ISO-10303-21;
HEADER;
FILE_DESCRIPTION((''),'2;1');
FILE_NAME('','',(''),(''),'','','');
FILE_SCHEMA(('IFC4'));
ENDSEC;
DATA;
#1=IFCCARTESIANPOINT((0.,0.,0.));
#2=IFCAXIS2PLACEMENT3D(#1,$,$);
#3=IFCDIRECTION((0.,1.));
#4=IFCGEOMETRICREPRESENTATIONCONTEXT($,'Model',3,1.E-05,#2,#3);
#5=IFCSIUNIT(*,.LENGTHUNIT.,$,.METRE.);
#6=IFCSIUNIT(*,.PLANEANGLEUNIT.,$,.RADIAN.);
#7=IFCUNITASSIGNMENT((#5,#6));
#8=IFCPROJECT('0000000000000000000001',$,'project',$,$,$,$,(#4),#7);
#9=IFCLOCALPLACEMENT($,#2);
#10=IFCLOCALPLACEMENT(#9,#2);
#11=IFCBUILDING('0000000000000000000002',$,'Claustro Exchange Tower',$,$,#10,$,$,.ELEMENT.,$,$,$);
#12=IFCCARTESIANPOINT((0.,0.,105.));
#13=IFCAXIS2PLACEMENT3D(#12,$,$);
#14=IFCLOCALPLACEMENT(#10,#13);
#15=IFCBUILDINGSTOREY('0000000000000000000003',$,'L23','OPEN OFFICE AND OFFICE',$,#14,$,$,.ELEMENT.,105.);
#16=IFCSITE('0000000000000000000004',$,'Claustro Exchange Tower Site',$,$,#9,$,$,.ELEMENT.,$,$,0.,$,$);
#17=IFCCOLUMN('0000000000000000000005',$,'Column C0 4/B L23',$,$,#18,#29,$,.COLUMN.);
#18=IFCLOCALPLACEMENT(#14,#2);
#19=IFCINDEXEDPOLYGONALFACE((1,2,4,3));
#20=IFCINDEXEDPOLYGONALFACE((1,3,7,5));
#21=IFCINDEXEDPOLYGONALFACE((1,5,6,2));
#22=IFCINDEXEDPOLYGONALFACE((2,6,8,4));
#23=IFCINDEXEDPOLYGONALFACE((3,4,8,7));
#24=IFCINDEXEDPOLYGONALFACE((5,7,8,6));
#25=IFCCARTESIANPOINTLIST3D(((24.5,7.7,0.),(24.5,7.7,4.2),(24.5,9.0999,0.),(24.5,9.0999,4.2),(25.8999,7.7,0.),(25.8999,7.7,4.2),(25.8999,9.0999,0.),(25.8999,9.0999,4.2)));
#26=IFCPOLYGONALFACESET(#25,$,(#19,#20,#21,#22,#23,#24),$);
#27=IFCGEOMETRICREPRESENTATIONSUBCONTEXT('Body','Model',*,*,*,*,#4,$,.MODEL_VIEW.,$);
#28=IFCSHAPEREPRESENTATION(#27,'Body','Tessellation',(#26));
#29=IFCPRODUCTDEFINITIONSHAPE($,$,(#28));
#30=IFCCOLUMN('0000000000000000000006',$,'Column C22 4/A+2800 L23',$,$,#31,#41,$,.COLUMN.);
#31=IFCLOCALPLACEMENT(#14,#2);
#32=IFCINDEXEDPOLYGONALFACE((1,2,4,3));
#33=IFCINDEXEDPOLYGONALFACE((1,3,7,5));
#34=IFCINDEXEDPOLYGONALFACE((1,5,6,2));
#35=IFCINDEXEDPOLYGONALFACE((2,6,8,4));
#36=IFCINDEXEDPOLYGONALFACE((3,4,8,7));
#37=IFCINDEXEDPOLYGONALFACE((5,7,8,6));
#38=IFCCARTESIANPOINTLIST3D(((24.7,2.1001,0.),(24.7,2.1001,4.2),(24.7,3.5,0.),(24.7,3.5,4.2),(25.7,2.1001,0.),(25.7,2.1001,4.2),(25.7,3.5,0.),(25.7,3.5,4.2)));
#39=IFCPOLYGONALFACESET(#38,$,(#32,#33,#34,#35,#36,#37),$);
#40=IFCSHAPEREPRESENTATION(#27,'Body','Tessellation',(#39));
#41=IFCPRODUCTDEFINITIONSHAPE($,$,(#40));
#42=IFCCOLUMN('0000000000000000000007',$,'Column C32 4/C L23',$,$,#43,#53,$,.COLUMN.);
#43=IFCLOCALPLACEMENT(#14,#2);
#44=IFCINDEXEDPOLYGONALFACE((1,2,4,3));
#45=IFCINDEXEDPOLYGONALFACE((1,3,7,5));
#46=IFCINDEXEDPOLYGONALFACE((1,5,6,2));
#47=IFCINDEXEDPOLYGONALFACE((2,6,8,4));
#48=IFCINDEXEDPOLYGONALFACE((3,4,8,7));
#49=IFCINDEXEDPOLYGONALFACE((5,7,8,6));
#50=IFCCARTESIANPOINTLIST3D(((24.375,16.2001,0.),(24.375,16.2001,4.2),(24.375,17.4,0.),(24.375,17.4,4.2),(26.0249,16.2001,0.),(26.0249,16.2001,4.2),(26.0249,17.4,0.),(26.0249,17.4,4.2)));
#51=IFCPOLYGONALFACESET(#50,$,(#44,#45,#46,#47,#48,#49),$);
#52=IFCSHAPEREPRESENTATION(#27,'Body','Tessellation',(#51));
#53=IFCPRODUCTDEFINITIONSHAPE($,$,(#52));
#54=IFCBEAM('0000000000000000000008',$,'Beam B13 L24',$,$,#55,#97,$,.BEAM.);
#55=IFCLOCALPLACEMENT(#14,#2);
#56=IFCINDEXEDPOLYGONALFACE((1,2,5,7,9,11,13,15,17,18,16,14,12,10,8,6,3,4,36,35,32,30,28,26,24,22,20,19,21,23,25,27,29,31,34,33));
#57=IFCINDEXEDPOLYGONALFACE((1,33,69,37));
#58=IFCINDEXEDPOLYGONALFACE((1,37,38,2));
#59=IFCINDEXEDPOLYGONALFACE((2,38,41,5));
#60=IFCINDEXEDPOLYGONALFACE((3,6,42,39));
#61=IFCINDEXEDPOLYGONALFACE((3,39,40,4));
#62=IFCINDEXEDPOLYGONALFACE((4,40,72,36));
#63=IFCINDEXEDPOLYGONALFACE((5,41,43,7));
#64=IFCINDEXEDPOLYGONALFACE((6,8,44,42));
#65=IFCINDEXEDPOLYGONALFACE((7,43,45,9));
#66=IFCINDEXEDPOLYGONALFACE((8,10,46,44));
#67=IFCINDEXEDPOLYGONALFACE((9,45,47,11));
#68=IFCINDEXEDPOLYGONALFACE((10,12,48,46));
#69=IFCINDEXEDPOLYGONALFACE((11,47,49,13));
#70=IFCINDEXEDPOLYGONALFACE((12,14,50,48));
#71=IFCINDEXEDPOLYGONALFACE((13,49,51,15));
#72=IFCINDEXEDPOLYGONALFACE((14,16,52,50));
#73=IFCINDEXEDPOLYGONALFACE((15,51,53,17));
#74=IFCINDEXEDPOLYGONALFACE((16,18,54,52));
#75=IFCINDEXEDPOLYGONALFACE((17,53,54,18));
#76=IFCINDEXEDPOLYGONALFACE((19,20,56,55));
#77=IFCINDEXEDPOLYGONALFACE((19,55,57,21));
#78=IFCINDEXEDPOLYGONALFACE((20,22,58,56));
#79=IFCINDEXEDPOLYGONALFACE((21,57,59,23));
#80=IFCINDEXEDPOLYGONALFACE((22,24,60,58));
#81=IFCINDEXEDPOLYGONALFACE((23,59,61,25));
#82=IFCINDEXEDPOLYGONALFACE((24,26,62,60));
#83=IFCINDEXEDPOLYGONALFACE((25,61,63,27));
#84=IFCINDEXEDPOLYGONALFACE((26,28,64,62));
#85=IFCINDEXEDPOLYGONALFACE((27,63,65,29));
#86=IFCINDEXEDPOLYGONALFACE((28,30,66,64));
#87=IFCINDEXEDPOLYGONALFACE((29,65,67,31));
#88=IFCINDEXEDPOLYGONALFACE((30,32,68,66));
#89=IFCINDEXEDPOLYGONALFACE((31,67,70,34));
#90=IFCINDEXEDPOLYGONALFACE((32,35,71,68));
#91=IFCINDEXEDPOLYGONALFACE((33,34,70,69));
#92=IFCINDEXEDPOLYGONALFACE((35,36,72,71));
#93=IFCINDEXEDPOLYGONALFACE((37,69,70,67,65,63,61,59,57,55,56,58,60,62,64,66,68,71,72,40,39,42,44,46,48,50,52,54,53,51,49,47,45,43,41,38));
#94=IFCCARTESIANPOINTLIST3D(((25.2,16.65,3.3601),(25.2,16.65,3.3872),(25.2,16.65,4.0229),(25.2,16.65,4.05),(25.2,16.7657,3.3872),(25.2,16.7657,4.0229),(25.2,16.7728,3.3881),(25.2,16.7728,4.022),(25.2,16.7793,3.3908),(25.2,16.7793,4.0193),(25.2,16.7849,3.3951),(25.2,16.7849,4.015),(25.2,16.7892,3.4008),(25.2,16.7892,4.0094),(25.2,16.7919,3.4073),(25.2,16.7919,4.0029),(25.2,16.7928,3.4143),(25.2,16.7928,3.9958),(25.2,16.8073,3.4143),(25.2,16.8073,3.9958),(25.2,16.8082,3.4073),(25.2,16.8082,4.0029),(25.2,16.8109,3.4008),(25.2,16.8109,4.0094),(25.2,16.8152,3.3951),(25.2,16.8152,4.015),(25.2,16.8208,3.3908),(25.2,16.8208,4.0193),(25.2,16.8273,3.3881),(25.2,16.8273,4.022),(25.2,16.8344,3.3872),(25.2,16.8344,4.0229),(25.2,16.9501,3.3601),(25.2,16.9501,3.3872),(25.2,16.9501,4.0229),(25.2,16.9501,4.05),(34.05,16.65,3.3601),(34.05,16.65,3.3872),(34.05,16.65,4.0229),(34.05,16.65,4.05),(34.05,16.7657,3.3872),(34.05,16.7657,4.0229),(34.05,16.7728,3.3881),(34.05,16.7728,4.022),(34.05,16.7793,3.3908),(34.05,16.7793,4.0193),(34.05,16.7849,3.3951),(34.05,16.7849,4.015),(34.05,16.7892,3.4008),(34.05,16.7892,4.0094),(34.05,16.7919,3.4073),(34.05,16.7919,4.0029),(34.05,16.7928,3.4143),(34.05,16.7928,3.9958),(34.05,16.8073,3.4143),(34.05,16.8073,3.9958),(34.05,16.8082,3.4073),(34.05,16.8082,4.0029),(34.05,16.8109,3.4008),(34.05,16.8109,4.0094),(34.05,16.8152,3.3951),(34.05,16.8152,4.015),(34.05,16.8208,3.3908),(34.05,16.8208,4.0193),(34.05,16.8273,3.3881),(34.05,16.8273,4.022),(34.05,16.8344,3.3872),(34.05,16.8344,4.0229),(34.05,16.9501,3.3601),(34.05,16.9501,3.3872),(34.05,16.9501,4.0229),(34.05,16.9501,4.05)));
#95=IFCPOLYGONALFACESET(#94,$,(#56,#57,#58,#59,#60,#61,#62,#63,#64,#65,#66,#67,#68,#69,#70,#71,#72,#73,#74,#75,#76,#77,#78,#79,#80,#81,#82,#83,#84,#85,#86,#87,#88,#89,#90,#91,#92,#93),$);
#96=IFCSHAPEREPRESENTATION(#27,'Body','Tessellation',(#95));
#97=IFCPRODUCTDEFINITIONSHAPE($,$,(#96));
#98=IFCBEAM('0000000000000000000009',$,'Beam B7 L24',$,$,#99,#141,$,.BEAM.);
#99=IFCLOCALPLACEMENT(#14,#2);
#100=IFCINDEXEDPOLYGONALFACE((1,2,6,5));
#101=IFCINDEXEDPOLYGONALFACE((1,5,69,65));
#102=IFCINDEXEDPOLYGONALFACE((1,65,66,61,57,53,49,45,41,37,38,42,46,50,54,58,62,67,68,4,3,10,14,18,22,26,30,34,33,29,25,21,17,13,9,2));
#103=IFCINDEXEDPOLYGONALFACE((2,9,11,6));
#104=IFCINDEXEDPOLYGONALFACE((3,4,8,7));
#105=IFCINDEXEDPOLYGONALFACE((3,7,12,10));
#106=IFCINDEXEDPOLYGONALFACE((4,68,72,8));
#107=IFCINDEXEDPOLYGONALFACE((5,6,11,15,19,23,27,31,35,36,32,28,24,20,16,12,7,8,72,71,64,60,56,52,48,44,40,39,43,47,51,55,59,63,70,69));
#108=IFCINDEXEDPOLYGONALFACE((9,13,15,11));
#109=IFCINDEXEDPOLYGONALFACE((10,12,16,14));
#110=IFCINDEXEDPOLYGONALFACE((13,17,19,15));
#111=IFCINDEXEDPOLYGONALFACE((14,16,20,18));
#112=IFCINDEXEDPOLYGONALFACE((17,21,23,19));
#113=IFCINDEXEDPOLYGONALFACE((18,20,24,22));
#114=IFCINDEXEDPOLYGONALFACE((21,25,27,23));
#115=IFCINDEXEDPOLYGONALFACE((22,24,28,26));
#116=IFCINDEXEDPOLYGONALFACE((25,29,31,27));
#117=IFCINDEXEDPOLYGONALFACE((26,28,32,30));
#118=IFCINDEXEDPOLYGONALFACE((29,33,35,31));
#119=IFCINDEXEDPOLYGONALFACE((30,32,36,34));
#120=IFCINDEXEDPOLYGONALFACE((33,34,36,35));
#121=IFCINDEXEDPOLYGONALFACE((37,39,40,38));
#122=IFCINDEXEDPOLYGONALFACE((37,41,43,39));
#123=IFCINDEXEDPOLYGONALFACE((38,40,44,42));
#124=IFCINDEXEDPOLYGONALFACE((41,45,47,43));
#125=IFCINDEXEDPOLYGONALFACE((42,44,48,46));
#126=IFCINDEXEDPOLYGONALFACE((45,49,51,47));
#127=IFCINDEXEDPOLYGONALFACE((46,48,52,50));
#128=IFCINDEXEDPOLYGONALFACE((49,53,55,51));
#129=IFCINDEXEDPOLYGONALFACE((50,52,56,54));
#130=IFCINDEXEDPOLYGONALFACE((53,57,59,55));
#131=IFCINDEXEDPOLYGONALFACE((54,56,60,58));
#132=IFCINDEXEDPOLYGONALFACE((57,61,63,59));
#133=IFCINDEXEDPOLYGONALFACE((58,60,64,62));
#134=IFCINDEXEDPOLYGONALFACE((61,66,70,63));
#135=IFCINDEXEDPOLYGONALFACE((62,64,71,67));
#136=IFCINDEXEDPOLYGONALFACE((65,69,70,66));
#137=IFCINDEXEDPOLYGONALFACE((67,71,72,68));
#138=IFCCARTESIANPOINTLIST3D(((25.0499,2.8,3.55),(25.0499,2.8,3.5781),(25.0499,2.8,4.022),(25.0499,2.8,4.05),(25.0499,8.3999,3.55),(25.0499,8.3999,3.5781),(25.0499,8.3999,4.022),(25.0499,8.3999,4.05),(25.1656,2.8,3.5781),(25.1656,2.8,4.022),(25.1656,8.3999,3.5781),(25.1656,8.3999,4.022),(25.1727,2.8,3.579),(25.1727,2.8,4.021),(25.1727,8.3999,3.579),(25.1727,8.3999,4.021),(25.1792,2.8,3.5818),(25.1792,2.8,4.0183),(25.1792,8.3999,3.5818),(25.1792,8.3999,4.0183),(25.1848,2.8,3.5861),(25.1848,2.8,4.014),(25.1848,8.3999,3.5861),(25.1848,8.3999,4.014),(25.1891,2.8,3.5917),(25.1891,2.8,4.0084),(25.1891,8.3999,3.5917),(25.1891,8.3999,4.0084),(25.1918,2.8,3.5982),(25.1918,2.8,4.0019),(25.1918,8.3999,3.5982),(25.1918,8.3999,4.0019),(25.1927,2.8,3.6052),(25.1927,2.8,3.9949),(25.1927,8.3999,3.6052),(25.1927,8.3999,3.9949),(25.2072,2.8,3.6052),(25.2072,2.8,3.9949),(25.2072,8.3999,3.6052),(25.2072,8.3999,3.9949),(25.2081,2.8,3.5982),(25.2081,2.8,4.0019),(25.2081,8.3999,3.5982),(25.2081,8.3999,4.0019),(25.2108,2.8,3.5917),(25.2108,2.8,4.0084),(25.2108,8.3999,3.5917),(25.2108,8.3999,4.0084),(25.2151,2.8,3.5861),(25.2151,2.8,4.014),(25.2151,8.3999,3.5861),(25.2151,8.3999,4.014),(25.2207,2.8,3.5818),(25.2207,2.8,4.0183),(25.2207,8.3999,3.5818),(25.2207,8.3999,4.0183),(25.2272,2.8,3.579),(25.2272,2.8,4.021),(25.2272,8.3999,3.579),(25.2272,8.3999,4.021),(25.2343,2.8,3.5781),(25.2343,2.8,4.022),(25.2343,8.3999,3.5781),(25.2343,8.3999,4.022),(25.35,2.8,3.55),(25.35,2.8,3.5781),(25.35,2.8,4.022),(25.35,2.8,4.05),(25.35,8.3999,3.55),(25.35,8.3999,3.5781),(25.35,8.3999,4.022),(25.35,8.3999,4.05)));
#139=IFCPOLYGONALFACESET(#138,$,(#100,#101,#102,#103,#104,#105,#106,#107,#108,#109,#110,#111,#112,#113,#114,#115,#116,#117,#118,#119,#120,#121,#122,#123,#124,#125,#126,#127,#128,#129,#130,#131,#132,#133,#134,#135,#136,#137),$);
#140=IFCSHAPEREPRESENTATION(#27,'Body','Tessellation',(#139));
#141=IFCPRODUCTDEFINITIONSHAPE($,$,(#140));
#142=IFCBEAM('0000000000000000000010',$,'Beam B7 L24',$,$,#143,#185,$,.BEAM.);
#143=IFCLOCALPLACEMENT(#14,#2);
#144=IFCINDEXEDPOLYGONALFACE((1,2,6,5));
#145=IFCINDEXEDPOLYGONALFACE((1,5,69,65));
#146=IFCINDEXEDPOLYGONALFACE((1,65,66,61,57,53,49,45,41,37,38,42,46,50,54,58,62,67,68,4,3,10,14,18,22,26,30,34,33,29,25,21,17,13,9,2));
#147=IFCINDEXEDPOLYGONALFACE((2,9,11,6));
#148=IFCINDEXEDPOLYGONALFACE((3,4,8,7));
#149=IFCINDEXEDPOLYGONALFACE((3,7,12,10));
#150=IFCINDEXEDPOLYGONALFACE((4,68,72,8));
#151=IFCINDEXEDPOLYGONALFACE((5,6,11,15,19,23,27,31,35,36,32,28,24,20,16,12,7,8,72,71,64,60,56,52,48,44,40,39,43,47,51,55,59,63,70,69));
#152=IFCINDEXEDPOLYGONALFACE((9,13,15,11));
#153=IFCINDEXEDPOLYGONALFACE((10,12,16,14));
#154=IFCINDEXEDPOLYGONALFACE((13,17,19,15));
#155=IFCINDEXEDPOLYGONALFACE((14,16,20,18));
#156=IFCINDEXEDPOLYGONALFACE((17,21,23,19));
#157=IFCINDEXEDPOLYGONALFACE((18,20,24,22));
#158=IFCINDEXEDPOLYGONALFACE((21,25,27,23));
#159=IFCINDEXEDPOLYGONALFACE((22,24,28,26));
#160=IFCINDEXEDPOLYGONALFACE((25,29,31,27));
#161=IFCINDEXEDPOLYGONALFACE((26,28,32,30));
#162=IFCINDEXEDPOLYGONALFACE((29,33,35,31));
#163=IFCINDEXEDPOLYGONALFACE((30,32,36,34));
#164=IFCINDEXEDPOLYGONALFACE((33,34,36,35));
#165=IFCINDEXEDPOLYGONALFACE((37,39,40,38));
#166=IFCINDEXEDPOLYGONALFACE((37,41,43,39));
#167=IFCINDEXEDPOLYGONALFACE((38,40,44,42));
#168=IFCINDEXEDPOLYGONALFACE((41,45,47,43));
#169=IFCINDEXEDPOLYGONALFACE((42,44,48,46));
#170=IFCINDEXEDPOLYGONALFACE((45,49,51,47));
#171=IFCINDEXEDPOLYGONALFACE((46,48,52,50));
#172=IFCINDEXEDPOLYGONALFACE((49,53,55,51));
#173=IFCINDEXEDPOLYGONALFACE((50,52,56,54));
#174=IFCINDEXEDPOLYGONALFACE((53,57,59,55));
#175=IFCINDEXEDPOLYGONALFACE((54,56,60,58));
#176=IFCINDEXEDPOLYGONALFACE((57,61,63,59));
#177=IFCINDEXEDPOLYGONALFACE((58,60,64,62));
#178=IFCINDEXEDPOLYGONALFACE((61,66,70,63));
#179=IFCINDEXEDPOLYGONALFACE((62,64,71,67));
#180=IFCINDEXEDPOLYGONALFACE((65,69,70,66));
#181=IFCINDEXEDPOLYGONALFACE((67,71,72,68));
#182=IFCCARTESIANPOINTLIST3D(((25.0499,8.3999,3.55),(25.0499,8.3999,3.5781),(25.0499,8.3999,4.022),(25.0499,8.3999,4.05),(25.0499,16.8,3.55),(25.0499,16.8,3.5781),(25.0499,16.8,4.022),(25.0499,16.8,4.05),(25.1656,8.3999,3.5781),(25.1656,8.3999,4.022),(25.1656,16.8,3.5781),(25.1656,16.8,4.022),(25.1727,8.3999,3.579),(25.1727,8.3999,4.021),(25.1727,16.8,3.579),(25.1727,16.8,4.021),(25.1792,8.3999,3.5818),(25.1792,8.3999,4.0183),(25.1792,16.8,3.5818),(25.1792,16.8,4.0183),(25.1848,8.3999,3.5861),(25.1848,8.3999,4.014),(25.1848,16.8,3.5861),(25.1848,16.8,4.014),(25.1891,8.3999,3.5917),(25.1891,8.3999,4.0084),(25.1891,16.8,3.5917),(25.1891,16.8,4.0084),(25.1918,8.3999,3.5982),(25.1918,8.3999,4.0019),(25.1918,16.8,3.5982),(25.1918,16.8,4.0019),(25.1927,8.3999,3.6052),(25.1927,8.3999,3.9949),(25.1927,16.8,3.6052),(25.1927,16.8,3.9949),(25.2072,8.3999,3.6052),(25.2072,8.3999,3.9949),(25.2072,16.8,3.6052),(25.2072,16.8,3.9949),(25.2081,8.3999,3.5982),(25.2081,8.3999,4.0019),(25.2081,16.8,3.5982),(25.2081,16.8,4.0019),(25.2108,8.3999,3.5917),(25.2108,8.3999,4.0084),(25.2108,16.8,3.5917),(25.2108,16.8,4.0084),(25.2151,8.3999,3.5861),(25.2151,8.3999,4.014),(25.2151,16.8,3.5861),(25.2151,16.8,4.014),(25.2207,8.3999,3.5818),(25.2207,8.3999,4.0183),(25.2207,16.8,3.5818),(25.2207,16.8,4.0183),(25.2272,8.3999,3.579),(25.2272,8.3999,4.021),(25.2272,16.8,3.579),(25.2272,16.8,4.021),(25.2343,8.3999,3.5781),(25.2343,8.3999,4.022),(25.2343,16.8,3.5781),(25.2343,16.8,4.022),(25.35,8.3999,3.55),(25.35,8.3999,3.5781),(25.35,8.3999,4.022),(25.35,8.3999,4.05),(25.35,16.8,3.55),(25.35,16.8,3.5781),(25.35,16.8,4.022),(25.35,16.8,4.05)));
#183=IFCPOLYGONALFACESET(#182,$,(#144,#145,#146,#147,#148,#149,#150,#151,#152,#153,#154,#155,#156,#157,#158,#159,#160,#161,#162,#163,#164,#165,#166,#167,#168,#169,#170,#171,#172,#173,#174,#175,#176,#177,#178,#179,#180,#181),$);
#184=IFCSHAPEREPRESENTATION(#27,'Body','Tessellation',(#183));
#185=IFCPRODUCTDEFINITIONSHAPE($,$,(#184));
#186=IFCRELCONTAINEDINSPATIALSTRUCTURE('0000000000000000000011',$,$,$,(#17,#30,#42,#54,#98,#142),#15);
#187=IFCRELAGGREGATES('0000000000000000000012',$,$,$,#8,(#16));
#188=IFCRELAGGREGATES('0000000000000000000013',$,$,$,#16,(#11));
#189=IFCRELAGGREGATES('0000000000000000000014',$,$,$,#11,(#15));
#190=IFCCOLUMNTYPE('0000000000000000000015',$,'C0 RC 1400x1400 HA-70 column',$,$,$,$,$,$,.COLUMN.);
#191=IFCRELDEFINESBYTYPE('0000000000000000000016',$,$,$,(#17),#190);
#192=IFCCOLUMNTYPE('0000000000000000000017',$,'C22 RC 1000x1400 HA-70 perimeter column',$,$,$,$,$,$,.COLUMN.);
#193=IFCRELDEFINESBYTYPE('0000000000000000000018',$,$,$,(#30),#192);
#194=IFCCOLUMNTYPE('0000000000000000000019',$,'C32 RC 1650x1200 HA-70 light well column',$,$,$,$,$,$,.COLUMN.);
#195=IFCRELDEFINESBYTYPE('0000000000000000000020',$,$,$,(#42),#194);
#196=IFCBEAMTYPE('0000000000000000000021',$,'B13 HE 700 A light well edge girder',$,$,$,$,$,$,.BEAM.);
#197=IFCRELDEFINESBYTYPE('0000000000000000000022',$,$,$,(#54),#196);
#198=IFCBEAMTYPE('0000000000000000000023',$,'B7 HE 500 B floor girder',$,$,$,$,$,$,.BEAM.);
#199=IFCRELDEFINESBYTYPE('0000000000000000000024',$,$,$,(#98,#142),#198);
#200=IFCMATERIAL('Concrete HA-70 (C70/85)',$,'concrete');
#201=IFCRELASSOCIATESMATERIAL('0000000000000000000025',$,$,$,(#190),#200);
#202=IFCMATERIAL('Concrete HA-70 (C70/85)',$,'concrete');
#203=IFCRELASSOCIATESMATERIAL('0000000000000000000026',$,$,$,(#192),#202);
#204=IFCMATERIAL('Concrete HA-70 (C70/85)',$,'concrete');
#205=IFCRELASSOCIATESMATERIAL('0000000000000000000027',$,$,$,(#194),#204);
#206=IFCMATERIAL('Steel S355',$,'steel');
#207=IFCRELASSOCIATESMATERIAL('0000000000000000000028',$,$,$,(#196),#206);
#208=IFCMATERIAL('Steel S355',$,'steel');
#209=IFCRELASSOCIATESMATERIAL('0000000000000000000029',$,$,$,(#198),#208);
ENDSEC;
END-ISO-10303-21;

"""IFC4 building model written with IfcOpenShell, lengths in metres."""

from ifc_helpers import new_model, si_unit, direction, frame, origin, origin_2d, place, context, subcontext, project, spatial, rectangle, i_section, extrude, material, material_profile, profile_set, type_object, element, save


model = new_model("IFC4")

# Units and contexts
model_context = context("Model", 3, precision=1e-05, world=origin(), true_north=direction((0.0, 1.0)))
body_context = subcontext(model_context, "Body", "Model", "MODEL_VIEW")
ifc_project = project(units=[si_unit("LENGTHUNIT", "METRE"), si_unit("PLANEANGLEUNIT", "RADIAN")], contexts=[model_context])

# Site, building, storey
site_placement = place(None, origin())
site = spatial("IfcSite", under=ifc_project, at=site_placement, Name="Claustro Exchange Tower Site", CompositionType="ELEMENT", RefElevation=0.0)
building_placement = place(site_placement, origin())
building = spatial("IfcBuilding", under=site, at=building_placement, Name="Claustro Exchange Tower", CompositionType="ELEMENT")
storey_placement = place(building_placement, frame((0.0, 0.0, 105.0)))
storey = spatial("IfcBuildingStorey", under=building, at=storey_placement, Name="L23", Description="OPEN OFFICE AND OFFICE", CompositionType="ELEMENT", Elevation=105.0)

# Columns
ifc_material_1 = material(Name="Concrete HA-70 (C70/85)", Category="concrete")
ifc_material_profile_1 = material_profile(ifc_material_1, rectangle(XDim=1.3999, YDim=1.3999, at=origin_2d()), Name="RC 1400x1400")
ifc_profile_set_1 = profile_set([ifc_material_profile_1], Name="Concrete HA-70 (C70/85)")
column_type_1 = type_object("IfcColumnType", Name="C0 RC 1400x1400 HA-70 column", PredefinedType="COLUMN", material=ifc_profile_set_1)
column_1_placement = place(storey_placement, frame((25.2, 8.3999, 0.0), z_axis=(0.0, 0.0, 1.0), x_axis=(1.0, 0.0, 0.0)))
element("IfcColumn", 1, at=column_1_placement, inside=storey, type_object=column_type_1, Name="Column C0 4/B L23", PredefinedType="COLUMN", context=body_context, shape_type="SweptSolid", body=[
    extrude(rectangle(XDim=1.3999, YDim=1.3999, at=origin_2d()), origin(), (0.0, 0.0, 1.0), 4.2),
])
ifc_material_2 = material(Name="Concrete HA-70 (C70/85)", Category="concrete")
ifc_material_profile_2 = material_profile(ifc_material_2, rectangle(XDim=1.0, YDim=1.3999, at=origin_2d()), Name="RC 1000x1400")
ifc_profile_set_2 = profile_set([ifc_material_profile_2], Name="Concrete HA-70 (C70/85)")
column_type_2 = type_object("IfcColumnType", Name="C22 RC 1000x1400 HA-70 perimeter column", PredefinedType="COLUMN", material=ifc_profile_set_2)
column_2_placement = place(storey_placement, frame((25.2, 2.8, 0.0), z_axis=(0.0, 0.0, 1.0), x_axis=(1.0, 0.0, 0.0)))
element("IfcColumn", 2, at=column_2_placement, inside=storey, type_object=column_type_2, Name="Column C22 4/A+2800 L23", PredefinedType="COLUMN", context=body_context, shape_type="SweptSolid", body=[
    extrude(rectangle(XDim=1.0, YDim=1.3999, at=origin_2d()), origin(), (0.0, 0.0, 1.0), 4.2),
])
ifc_material_3 = material(Name="Concrete HA-70 (C70/85)", Category="concrete")
ifc_material_profile_3 = material_profile(ifc_material_3, rectangle(XDim=1.6499, YDim=1.2, at=origin_2d()), Name="RC 1650x1200")
ifc_profile_set_3 = profile_set([ifc_material_profile_3], Name="Concrete HA-70 (C70/85)")
column_type_3 = type_object("IfcColumnType", Name="C32 RC 1650x1200 HA-70 light well column", PredefinedType="COLUMN", material=ifc_profile_set_3)
column_3_placement = place(storey_placement, frame((25.2, 16.8, 0.0), z_axis=(0.0, 0.0, 1.0), x_axis=(1.0, 0.0, 0.0)))
element("IfcColumn", 3, at=column_3_placement, inside=storey, type_object=column_type_3, Name="Column C32 4/C L23", PredefinedType="COLUMN", context=body_context, shape_type="SweptSolid", body=[
    extrude(rectangle(XDim=1.6499, YDim=1.2, at=origin_2d()), origin(), (0.0, 0.0, 1.0), 4.2),
])

# Beams
ifc_material_4 = material(Name="Steel S355", Category="steel")
ifc_material_profile_4 = material_profile(ifc_material_4, i_section(OverallWidth=0.3, OverallDepth=0.6899, WebThickness=0.0144, FlangeThickness=0.0271, FilletRadius=0.0271, at=origin_2d()), Name="HE 700 A")
ifc_profile_set_4 = profile_set([ifc_material_profile_4], Name="Steel S355")
beam_type_1 = type_object("IfcBeamType", Name="B13 HE 700 A light well edge girder", PredefinedType="BEAM", material=ifc_profile_set_4)
beam_1_placement = place(storey_placement, frame((25.2, 16.8, 3.7051), z_axis=(1.0, 0.0, 0.0), x_axis=(0.0, 1.0, 0.0)))
element("IfcBeam", 4, at=beam_1_placement, inside=storey, type_object=beam_type_1, Name="Beam B13 L24", PredefinedType="BEAM", context=body_context, shape_type="SweptSolid", body=[
    extrude(i_section(OverallWidth=0.3, OverallDepth=0.6899, WebThickness=0.0144, FlangeThickness=0.0271, FilletRadius=0.0271, at=origin_2d()), origin(), (0.0, 0.0, 1.0), 8.8501),
])
ifc_material_5 = material(Name="Steel S355", Category="steel")
ifc_material_profile_5 = material_profile(ifc_material_5, i_section(OverallWidth=0.3, OverallDepth=0.5, WebThickness=0.0144, FlangeThickness=0.0281, FilletRadius=0.0271, at=origin_2d()), Name="HE 500 B")
ifc_profile_set_5 = profile_set([ifc_material_profile_5], Name="Steel S355")
beam_type_2 = type_object("IfcBeamType", Name="B7 HE 500 B floor girder", PredefinedType="BEAM", material=ifc_profile_set_5)
beam_2_placement = place(storey_placement, frame((25.2, 2.8, 3.8), z_axis=(0.0, 1.0, 0.0), x_axis=(-1.0, 0.0, 0.0)))
element("IfcBeam", 5, at=beam_2_placement, inside=storey, type_object=beam_type_2, Name="Beam B7 L24", PredefinedType="BEAM", context=body_context, shape_type="SweptSolid", body=[
    extrude(i_section(OverallWidth=0.3, OverallDepth=0.5, WebThickness=0.0144, FlangeThickness=0.0281, FilletRadius=0.0271, at=origin_2d()), origin(), (0.0, 0.0, 1.0), 5.5999),
])
for number, where, z_axis, x_axis, name in (
    (6, (25.2, 8.3999, 3.8), (0.0, 1.0, 0.0), (-1.0, 0.0, 0.0), "Beam B7 L24"),
):
    element("IfcBeam", number, at=place(storey_placement, frame(where, z_axis=z_axis, x_axis=x_axis)), inside=storey, type_object=beam_type_2, Name=name, PredefinedType="BEAM", context=body_context, shape_type="SweptSolid", body=[
        extrude(i_section(OverallWidth=0.3, OverallDepth=0.5, WebThickness=0.0144, FlangeThickness=0.0281, FilletRadius=0.0271, at=origin_2d()), origin(), (0.0, 0.0, 1.0), 8.4001),
    ])

save(model, "model.ifc")
